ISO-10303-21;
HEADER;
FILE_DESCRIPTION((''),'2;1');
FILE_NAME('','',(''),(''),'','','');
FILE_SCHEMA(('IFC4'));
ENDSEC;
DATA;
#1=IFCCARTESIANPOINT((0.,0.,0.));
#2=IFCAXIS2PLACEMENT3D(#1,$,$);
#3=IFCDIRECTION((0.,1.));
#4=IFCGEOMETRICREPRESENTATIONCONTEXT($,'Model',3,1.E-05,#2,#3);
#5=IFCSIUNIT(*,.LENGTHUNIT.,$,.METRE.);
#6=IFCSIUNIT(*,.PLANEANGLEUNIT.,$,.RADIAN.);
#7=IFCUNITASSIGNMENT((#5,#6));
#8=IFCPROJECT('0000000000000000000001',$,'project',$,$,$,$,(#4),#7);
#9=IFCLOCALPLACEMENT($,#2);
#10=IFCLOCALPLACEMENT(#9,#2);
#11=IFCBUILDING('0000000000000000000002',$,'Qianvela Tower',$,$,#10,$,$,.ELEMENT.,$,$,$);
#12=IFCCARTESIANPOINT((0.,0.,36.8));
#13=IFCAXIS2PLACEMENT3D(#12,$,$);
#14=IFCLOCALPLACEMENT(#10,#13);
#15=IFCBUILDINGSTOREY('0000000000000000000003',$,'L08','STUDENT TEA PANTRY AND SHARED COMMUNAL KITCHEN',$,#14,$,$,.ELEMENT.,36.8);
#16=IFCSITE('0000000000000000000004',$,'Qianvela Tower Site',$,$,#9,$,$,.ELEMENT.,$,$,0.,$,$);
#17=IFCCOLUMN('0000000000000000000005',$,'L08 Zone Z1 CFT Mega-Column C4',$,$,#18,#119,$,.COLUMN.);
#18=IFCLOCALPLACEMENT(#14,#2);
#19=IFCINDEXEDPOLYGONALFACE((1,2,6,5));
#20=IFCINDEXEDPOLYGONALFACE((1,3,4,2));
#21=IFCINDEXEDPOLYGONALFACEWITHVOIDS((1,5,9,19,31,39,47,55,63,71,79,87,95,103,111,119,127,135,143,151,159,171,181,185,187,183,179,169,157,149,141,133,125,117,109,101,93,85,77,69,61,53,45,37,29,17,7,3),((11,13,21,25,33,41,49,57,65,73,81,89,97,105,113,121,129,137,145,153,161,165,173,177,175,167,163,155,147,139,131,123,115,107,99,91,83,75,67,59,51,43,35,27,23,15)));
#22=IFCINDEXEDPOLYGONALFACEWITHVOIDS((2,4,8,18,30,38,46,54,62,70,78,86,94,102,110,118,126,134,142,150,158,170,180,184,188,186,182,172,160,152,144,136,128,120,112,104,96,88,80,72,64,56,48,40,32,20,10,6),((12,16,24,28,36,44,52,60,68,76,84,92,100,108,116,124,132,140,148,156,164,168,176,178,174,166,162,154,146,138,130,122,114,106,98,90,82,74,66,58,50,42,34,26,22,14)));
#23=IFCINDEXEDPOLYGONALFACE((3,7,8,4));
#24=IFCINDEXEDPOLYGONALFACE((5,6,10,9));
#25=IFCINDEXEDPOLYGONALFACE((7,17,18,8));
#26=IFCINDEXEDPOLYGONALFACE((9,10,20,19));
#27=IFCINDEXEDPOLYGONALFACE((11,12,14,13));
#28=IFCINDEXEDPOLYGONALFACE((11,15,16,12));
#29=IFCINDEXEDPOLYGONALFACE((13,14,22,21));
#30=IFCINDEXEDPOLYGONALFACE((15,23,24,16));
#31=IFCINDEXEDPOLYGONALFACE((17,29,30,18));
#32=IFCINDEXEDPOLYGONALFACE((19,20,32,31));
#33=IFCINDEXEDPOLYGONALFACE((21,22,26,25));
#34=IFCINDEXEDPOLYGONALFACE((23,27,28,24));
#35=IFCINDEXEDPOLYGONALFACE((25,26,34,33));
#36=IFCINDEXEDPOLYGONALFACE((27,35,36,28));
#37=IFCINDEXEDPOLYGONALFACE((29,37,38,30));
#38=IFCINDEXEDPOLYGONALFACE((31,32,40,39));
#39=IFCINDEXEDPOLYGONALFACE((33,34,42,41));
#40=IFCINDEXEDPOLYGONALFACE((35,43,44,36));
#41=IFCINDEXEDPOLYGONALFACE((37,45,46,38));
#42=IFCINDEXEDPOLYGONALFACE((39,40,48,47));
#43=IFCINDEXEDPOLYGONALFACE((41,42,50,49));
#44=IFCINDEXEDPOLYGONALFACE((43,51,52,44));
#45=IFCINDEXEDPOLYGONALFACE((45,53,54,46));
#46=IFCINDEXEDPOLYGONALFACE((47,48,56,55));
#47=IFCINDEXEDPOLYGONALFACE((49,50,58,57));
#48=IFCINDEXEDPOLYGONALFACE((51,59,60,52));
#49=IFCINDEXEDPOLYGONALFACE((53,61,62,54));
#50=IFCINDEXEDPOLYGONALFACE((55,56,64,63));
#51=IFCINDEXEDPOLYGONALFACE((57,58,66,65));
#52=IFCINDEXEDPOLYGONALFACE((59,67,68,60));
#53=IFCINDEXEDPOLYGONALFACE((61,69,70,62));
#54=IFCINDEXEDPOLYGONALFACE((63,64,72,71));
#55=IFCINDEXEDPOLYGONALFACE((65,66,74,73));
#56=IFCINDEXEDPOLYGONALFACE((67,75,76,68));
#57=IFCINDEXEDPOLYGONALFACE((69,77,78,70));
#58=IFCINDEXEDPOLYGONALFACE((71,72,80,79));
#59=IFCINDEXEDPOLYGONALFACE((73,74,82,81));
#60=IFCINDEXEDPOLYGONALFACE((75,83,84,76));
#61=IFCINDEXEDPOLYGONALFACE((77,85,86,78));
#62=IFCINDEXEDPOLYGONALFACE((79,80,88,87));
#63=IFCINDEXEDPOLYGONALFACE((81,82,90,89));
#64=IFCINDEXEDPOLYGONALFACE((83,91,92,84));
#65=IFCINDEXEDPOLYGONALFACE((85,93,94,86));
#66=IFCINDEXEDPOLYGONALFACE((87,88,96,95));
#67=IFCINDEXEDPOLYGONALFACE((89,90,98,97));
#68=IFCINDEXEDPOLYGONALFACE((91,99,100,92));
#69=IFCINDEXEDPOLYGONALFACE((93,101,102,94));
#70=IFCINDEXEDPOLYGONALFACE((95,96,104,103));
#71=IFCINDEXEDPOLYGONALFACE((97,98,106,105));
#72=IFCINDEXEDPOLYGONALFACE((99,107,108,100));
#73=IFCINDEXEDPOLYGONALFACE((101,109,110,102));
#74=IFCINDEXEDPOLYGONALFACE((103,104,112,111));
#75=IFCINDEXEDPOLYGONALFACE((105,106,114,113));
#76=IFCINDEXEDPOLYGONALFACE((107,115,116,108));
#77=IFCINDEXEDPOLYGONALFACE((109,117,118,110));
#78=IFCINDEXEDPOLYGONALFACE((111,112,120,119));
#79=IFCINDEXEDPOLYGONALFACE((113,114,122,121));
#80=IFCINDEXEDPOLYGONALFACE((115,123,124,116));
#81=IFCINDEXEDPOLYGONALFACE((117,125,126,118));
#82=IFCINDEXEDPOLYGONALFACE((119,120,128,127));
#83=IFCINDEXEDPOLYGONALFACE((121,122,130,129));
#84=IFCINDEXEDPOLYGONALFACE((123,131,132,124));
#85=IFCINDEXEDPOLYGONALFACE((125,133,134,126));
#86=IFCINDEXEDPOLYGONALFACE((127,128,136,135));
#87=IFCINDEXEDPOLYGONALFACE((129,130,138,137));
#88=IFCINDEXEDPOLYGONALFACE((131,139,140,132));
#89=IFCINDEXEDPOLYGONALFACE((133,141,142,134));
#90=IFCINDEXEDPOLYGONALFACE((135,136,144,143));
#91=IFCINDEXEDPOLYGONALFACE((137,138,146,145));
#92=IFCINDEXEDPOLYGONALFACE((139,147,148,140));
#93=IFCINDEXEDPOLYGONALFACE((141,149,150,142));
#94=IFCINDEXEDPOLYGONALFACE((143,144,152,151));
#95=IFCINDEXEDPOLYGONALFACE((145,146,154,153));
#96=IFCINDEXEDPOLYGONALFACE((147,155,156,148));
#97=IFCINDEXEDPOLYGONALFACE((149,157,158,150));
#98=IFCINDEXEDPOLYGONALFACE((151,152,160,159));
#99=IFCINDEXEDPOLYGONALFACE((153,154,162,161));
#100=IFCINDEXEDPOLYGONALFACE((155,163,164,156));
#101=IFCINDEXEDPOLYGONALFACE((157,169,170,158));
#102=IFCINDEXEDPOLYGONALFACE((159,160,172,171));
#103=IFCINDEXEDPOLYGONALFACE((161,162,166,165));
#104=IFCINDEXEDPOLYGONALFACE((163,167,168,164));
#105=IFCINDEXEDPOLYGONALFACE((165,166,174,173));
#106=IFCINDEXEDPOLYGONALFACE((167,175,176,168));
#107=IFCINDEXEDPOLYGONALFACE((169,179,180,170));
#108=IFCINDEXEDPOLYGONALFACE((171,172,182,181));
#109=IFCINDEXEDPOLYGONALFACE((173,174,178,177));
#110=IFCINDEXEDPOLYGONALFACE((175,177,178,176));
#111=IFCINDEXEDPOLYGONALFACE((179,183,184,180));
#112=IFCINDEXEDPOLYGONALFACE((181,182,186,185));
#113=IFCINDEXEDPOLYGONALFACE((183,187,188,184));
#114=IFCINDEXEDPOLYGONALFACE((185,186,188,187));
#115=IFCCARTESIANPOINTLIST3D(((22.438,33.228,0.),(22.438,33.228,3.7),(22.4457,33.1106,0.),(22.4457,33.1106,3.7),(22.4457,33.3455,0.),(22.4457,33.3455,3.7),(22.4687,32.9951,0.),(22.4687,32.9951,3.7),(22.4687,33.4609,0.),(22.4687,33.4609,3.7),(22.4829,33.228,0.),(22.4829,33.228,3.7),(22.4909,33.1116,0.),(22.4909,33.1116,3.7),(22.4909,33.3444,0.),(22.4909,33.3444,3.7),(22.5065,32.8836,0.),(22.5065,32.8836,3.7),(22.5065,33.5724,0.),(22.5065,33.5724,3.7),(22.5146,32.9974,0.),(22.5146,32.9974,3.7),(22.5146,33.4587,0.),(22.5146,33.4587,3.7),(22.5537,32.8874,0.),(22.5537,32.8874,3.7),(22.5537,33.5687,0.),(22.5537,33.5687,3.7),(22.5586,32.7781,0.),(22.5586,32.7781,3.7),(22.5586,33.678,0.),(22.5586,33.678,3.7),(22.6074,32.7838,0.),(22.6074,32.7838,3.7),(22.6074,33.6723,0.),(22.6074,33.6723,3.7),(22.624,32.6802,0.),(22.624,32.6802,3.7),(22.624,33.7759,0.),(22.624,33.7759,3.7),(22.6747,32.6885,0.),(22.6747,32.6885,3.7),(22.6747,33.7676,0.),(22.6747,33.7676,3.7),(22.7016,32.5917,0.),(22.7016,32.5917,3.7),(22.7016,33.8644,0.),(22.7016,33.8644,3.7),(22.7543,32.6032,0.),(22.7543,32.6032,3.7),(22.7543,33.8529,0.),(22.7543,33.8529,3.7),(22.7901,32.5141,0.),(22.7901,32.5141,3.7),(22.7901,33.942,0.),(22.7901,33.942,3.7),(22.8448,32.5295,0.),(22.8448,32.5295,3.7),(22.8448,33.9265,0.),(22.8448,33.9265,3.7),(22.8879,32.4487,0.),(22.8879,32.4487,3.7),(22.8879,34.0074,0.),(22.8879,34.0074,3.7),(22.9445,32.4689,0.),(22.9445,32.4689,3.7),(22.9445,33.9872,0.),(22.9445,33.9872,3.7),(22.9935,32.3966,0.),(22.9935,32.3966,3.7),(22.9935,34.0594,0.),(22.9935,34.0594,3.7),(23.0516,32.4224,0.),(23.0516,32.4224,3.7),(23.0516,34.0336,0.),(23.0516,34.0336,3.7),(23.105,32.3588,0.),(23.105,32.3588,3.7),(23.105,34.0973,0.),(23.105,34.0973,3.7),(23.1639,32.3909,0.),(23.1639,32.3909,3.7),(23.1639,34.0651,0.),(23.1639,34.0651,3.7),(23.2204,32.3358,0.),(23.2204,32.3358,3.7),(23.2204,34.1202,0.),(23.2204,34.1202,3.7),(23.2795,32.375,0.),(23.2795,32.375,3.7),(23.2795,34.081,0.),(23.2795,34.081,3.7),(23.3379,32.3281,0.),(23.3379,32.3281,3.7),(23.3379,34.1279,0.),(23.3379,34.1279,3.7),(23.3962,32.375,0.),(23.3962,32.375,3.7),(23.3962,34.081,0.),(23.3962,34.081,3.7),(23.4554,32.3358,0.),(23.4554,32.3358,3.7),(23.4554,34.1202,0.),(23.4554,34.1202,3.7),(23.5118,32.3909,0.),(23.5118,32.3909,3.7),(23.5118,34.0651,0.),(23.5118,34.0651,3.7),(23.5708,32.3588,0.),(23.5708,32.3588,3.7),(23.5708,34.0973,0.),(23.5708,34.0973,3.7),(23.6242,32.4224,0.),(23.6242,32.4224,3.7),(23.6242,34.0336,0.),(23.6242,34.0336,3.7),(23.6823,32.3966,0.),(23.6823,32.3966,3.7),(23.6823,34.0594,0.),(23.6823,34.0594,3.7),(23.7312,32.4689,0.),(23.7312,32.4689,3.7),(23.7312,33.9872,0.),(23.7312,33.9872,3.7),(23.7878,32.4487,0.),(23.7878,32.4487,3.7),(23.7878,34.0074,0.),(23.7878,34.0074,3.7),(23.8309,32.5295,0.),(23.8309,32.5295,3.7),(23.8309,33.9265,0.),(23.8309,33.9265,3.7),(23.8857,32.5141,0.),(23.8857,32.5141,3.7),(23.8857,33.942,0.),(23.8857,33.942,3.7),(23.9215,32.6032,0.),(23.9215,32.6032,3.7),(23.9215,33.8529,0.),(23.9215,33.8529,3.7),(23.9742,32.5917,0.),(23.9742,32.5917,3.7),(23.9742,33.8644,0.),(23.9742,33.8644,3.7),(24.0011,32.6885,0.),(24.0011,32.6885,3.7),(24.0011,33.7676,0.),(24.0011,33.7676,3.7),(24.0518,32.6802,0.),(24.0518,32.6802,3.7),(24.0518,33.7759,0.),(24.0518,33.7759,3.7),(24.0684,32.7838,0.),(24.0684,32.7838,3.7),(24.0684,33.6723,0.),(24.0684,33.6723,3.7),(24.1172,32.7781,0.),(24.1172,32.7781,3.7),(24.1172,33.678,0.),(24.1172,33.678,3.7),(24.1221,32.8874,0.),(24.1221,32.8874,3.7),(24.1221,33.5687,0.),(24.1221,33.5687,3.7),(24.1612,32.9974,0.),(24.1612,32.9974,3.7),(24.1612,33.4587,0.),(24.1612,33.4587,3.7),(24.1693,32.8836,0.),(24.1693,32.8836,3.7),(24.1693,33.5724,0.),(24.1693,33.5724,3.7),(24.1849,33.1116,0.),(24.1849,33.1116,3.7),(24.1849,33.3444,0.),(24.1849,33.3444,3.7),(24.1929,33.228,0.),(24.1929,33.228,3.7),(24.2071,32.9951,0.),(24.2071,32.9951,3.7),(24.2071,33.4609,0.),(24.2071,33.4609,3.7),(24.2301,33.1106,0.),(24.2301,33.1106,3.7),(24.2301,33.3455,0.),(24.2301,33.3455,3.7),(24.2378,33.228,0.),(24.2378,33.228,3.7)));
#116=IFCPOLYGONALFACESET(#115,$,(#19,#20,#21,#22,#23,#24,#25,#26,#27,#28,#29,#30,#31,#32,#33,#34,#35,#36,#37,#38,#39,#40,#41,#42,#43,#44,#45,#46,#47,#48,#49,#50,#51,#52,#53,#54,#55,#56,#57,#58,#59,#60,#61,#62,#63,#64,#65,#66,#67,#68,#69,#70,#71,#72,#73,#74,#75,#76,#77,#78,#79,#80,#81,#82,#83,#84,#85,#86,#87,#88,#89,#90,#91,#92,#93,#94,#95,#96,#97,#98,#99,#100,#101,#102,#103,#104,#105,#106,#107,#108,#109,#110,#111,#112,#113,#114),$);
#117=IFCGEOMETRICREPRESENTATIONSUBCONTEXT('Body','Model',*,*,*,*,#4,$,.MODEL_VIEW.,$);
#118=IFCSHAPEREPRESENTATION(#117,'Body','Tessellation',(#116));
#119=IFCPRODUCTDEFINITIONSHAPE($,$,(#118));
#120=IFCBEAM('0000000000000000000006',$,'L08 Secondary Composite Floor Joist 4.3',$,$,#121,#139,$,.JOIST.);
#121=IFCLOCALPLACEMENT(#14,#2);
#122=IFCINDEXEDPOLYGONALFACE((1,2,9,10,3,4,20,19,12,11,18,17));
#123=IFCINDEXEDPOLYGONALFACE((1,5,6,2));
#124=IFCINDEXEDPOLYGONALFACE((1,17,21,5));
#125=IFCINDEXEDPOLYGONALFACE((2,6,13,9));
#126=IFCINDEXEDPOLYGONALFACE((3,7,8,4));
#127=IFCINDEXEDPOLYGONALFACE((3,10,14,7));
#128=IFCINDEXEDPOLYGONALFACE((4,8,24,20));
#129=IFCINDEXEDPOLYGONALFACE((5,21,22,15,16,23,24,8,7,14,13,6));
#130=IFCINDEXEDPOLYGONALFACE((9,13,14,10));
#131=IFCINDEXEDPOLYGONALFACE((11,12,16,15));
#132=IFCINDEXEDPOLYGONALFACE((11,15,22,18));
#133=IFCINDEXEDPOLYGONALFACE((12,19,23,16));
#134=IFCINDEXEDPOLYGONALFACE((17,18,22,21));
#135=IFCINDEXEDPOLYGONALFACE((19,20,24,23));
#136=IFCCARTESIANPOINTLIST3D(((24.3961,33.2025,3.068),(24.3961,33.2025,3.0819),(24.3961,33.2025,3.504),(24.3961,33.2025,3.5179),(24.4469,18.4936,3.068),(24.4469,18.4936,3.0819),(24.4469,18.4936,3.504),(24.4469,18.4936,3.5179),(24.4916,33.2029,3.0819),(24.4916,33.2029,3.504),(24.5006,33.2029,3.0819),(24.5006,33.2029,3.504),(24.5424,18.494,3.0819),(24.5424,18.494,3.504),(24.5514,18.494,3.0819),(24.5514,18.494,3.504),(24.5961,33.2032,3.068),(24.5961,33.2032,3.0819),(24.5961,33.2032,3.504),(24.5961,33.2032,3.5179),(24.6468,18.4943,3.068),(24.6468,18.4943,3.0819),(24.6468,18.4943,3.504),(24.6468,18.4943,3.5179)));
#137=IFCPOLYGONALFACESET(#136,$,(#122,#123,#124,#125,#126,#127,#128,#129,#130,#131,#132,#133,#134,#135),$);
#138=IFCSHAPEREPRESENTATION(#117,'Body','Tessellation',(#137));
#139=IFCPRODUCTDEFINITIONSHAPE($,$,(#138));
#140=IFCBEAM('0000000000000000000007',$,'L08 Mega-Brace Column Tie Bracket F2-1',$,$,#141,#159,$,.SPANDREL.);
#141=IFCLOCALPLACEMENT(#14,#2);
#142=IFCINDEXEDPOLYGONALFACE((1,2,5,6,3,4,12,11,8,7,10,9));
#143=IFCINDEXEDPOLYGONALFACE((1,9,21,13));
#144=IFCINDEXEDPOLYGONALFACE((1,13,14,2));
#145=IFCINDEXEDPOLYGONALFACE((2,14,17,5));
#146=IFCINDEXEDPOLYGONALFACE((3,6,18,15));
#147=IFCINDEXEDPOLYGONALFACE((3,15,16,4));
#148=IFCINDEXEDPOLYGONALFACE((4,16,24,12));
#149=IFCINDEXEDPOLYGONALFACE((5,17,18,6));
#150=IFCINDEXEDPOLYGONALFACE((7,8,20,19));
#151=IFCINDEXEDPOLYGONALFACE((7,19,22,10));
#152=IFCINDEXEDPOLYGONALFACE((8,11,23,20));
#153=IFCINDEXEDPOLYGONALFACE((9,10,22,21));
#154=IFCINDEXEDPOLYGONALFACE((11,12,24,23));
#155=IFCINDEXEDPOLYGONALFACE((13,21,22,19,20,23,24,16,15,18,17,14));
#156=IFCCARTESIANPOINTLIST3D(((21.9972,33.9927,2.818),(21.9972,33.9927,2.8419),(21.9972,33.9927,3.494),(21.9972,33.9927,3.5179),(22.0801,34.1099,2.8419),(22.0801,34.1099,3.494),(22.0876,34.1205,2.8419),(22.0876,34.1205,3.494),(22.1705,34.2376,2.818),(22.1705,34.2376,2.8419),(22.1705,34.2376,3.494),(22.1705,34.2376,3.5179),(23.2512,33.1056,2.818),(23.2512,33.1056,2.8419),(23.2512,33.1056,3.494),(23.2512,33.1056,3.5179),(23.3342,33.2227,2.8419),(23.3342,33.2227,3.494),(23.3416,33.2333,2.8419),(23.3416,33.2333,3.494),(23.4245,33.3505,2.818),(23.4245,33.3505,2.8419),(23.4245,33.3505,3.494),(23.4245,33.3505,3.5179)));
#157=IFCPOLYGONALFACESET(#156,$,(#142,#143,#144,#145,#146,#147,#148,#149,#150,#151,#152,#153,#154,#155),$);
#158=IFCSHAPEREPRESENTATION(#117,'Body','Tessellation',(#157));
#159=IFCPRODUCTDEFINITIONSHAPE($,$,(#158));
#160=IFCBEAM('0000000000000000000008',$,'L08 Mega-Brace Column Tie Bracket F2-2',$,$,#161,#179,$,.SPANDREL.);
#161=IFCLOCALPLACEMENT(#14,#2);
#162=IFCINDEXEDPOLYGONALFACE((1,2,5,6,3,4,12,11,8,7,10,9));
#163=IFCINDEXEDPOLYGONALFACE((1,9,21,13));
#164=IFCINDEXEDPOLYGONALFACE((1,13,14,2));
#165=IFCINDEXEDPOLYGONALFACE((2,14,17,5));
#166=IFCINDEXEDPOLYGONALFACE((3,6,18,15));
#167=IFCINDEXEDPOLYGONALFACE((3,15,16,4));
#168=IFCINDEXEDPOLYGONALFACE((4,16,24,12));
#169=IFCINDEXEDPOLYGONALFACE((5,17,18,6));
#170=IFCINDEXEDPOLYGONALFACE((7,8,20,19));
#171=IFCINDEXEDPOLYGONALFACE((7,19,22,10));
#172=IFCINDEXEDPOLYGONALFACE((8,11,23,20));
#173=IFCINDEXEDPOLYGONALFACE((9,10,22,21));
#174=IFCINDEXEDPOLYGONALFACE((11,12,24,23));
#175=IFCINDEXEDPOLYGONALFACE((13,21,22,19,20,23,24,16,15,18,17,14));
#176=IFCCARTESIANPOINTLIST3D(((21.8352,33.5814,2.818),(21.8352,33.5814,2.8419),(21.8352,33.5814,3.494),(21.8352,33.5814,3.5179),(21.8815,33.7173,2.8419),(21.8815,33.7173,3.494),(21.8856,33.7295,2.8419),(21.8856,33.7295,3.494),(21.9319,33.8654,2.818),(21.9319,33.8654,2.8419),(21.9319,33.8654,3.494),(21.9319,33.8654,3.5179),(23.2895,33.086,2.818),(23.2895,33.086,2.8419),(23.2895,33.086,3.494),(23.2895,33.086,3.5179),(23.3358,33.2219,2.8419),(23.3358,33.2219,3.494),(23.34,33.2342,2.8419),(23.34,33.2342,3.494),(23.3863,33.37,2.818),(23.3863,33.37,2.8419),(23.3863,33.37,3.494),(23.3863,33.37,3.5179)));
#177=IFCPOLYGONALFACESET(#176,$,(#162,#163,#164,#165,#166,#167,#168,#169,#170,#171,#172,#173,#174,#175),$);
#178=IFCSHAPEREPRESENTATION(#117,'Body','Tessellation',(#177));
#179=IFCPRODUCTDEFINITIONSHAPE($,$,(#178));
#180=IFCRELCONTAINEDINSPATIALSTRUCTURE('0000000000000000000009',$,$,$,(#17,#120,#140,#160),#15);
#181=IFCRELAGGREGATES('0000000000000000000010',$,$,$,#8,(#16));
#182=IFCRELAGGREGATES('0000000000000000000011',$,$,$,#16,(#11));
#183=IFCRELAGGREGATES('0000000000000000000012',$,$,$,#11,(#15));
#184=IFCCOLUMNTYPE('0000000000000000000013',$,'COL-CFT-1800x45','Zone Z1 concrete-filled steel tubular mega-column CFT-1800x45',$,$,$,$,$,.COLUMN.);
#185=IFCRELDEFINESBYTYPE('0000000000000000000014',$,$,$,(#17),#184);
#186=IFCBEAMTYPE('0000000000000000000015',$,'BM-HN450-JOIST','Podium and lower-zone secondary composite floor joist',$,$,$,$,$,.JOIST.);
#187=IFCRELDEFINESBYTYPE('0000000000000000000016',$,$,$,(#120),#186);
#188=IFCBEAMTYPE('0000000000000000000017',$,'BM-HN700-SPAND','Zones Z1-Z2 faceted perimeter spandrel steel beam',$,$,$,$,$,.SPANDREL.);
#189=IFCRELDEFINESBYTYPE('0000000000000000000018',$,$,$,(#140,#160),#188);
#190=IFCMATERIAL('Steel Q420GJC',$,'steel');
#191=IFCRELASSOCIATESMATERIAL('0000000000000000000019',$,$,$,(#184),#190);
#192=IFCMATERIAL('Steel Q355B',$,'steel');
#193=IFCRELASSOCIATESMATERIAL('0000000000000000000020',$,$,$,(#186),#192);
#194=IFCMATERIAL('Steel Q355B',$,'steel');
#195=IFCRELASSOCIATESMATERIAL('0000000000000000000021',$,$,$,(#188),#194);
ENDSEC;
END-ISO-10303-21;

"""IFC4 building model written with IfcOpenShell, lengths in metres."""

from ifc_helpers import new_model, si_unit, direction, frame, origin, origin_2d, place, context, subcontext, project, spatial, hollow_circle, i_section, extrude, material, material_profile, profile_set, type_object, element, save


model = new_model("IFC4")

# Units and contexts
model_context = context("Model", 3, precision=1e-05, world=origin(), true_north=direction((0.0, 1.0)))
body_context = subcontext(model_context, "Body", "Model", "MODEL_VIEW")
ifc_project = project(units=[si_unit("LENGTHUNIT", "METRE"), si_unit("PLANEANGLEUNIT", "RADIAN")], contexts=[model_context])

# Site, building, storey
site_placement = place(None, origin())
site = spatial("IfcSite", under=ifc_project, at=site_placement, Name="Qianvela Tower Site", CompositionType="ELEMENT", RefElevation=0.0)
building_placement = place(site_placement, origin())
building = spatial("IfcBuilding", under=site, at=building_placement, Name="Qianvela Tower", CompositionType="ELEMENT")
storey_placement = place(building_placement, frame((0.0, 0.0, 36.8)))
storey = spatial("IfcBuildingStorey", under=building, at=storey_placement, Name="L08", Description="STUDENT TEA PANTRY AND SHARED COMMUNAL KITCHEN", CompositionType="ELEMENT", Elevation=36.8)

# Column
ifc_material_1 = material(Name="Steel Q420GJC", Category="steel")
ifc_material_profile_1 = material_profile(ifc_material_1, hollow_circle(Radius=0.8999, WallThickness=0.0449, at=origin_2d()), Name="CFT-1800x45")
ifc_profile_set_1 = profile_set([ifc_material_profile_1], Name="Steel Q420GJC")
column_type = type_object("IfcColumnType", Name="COL-CFT-1800x45", Description="Zone Z1 concrete-filled steel tubular mega-column CFT-1800x45", PredefinedType="COLUMN", material=ifc_profile_set_1)
column_placement = place(storey_placement, frame((23.3379, 33.228, 0.0), z_axis=(0.0, 0.0, 1.0), x_axis=(1.0, 0.0, 0.0)))
element("IfcColumn", 1, at=column_placement, inside=storey, type_object=column_type, Name="L08 Zone Z1 CFT Mega-Column C4", PredefinedType="COLUMN", context=body_context, shape_type="SweptSolid", body=[
    extrude(hollow_circle(Radius=0.8999, WallThickness=0.0449, at=origin_2d()), origin(), (0.0, 0.0, 1.0), 3.7),
])

# Beams
ifc_material_2 = material(Name="Steel Q355B", Category="steel")
ifc_material_profile_2 = material_profile(ifc_material_2, i_section(OverallWidth=0.2, OverallDepth=0.45, WebThickness=0.009, FlangeThickness=0.0139, at=origin_2d()), Name="HN450x200x9x14")
ifc_profile_set_2 = profile_set([ifc_material_profile_2], Name="Steel Q355B")
beam_type_1 = type_object("IfcBeamType", Name="BM-HN450-JOIST", Description="Podium and lower-zone secondary composite floor joist", PredefinedType="JOIST", material=ifc_profile_set_2)
beam_1_placement = place(storey_placement, frame((24.4961, 33.2029, 3.293), z_axis=(0.003452, -0.999994, 0.0), x_axis=(0.999994, 0.003452, 0.0)))
element("IfcBeam", 2, at=beam_1_placement, inside=storey, type_object=beam_type_1, Name="L08 Secondary Composite Floor Joist 4.3", PredefinedType="JOIST", context=body_context, shape_type="SweptSolid", body=[
    extrude(i_section(OverallWidth=0.2, OverallDepth=0.45, WebThickness=0.009, FlangeThickness=0.0139, at=origin_2d()), origin(), (0.0, 0.0, 1.0), 14.709),
])
ifc_material_3 = material(Name="Steel Q355B", Category="steel")
ifc_material_profile_3 = material_profile(ifc_material_3, i_section(OverallWidth=0.3, OverallDepth=0.7, WebThickness=0.0129, FlangeThickness=0.0239, at=origin_2d()), Name="HN700x300x13x24")
ifc_profile_set_3 = profile_set([ifc_material_profile_3], Name="Steel Q355B")
beam_type_2 = type_object("IfcBeamType", Name="BM-HN700-SPAND", Description="Zones Z1-Z2 faceted perimeter spandrel steel beam", PredefinedType="SPANDREL", material=ifc_profile_set_3)
beam_2_placement = place(storey_placement, frame((23.3379, 33.228, 3.168), z_axis=(-0.816377, 0.577519, 0.0), x_axis=(-0.577519, -0.816377, 0.0)))
element("IfcBeam", 3, at=beam_2_placement, inside=storey, type_object=beam_type_2, Name="L08 Mega-Brace Column Tie Bracket F2-1", PredefinedType="SPANDREL", context=body_context, shape_type="SweptSolid", body=[
    extrude(i_section(OverallWidth=0.3, OverallDepth=0.7, WebThickness=0.0129, FlangeThickness=0.0239, at=origin_2d()), origin(), (0.0, 0.0, 1.0), 1.5361),
])
beam_3_placement = place(storey_placement, frame((23.3379, 33.228, 3.168), z_axis=(-0.946597, 0.322418, 0.0), x_axis=(-0.322418, -0.946597, 0.0)))
element("IfcBeam", 4, at=beam_3_placement, inside=storey, type_object=beam_type_2, Name="L08 Mega-Brace Column Tie Bracket F2-2", PredefinedType="SPANDREL", context=body_context, shape_type="SweptSolid", body=[
    extrude(i_section(OverallWidth=0.3, OverallDepth=0.7, WebThickness=0.0129, FlangeThickness=0.0239, at=origin_2d()), origin(), (0.0, 0.0, 1.0), 1.5364),
])

save(model, "model.ifc")
